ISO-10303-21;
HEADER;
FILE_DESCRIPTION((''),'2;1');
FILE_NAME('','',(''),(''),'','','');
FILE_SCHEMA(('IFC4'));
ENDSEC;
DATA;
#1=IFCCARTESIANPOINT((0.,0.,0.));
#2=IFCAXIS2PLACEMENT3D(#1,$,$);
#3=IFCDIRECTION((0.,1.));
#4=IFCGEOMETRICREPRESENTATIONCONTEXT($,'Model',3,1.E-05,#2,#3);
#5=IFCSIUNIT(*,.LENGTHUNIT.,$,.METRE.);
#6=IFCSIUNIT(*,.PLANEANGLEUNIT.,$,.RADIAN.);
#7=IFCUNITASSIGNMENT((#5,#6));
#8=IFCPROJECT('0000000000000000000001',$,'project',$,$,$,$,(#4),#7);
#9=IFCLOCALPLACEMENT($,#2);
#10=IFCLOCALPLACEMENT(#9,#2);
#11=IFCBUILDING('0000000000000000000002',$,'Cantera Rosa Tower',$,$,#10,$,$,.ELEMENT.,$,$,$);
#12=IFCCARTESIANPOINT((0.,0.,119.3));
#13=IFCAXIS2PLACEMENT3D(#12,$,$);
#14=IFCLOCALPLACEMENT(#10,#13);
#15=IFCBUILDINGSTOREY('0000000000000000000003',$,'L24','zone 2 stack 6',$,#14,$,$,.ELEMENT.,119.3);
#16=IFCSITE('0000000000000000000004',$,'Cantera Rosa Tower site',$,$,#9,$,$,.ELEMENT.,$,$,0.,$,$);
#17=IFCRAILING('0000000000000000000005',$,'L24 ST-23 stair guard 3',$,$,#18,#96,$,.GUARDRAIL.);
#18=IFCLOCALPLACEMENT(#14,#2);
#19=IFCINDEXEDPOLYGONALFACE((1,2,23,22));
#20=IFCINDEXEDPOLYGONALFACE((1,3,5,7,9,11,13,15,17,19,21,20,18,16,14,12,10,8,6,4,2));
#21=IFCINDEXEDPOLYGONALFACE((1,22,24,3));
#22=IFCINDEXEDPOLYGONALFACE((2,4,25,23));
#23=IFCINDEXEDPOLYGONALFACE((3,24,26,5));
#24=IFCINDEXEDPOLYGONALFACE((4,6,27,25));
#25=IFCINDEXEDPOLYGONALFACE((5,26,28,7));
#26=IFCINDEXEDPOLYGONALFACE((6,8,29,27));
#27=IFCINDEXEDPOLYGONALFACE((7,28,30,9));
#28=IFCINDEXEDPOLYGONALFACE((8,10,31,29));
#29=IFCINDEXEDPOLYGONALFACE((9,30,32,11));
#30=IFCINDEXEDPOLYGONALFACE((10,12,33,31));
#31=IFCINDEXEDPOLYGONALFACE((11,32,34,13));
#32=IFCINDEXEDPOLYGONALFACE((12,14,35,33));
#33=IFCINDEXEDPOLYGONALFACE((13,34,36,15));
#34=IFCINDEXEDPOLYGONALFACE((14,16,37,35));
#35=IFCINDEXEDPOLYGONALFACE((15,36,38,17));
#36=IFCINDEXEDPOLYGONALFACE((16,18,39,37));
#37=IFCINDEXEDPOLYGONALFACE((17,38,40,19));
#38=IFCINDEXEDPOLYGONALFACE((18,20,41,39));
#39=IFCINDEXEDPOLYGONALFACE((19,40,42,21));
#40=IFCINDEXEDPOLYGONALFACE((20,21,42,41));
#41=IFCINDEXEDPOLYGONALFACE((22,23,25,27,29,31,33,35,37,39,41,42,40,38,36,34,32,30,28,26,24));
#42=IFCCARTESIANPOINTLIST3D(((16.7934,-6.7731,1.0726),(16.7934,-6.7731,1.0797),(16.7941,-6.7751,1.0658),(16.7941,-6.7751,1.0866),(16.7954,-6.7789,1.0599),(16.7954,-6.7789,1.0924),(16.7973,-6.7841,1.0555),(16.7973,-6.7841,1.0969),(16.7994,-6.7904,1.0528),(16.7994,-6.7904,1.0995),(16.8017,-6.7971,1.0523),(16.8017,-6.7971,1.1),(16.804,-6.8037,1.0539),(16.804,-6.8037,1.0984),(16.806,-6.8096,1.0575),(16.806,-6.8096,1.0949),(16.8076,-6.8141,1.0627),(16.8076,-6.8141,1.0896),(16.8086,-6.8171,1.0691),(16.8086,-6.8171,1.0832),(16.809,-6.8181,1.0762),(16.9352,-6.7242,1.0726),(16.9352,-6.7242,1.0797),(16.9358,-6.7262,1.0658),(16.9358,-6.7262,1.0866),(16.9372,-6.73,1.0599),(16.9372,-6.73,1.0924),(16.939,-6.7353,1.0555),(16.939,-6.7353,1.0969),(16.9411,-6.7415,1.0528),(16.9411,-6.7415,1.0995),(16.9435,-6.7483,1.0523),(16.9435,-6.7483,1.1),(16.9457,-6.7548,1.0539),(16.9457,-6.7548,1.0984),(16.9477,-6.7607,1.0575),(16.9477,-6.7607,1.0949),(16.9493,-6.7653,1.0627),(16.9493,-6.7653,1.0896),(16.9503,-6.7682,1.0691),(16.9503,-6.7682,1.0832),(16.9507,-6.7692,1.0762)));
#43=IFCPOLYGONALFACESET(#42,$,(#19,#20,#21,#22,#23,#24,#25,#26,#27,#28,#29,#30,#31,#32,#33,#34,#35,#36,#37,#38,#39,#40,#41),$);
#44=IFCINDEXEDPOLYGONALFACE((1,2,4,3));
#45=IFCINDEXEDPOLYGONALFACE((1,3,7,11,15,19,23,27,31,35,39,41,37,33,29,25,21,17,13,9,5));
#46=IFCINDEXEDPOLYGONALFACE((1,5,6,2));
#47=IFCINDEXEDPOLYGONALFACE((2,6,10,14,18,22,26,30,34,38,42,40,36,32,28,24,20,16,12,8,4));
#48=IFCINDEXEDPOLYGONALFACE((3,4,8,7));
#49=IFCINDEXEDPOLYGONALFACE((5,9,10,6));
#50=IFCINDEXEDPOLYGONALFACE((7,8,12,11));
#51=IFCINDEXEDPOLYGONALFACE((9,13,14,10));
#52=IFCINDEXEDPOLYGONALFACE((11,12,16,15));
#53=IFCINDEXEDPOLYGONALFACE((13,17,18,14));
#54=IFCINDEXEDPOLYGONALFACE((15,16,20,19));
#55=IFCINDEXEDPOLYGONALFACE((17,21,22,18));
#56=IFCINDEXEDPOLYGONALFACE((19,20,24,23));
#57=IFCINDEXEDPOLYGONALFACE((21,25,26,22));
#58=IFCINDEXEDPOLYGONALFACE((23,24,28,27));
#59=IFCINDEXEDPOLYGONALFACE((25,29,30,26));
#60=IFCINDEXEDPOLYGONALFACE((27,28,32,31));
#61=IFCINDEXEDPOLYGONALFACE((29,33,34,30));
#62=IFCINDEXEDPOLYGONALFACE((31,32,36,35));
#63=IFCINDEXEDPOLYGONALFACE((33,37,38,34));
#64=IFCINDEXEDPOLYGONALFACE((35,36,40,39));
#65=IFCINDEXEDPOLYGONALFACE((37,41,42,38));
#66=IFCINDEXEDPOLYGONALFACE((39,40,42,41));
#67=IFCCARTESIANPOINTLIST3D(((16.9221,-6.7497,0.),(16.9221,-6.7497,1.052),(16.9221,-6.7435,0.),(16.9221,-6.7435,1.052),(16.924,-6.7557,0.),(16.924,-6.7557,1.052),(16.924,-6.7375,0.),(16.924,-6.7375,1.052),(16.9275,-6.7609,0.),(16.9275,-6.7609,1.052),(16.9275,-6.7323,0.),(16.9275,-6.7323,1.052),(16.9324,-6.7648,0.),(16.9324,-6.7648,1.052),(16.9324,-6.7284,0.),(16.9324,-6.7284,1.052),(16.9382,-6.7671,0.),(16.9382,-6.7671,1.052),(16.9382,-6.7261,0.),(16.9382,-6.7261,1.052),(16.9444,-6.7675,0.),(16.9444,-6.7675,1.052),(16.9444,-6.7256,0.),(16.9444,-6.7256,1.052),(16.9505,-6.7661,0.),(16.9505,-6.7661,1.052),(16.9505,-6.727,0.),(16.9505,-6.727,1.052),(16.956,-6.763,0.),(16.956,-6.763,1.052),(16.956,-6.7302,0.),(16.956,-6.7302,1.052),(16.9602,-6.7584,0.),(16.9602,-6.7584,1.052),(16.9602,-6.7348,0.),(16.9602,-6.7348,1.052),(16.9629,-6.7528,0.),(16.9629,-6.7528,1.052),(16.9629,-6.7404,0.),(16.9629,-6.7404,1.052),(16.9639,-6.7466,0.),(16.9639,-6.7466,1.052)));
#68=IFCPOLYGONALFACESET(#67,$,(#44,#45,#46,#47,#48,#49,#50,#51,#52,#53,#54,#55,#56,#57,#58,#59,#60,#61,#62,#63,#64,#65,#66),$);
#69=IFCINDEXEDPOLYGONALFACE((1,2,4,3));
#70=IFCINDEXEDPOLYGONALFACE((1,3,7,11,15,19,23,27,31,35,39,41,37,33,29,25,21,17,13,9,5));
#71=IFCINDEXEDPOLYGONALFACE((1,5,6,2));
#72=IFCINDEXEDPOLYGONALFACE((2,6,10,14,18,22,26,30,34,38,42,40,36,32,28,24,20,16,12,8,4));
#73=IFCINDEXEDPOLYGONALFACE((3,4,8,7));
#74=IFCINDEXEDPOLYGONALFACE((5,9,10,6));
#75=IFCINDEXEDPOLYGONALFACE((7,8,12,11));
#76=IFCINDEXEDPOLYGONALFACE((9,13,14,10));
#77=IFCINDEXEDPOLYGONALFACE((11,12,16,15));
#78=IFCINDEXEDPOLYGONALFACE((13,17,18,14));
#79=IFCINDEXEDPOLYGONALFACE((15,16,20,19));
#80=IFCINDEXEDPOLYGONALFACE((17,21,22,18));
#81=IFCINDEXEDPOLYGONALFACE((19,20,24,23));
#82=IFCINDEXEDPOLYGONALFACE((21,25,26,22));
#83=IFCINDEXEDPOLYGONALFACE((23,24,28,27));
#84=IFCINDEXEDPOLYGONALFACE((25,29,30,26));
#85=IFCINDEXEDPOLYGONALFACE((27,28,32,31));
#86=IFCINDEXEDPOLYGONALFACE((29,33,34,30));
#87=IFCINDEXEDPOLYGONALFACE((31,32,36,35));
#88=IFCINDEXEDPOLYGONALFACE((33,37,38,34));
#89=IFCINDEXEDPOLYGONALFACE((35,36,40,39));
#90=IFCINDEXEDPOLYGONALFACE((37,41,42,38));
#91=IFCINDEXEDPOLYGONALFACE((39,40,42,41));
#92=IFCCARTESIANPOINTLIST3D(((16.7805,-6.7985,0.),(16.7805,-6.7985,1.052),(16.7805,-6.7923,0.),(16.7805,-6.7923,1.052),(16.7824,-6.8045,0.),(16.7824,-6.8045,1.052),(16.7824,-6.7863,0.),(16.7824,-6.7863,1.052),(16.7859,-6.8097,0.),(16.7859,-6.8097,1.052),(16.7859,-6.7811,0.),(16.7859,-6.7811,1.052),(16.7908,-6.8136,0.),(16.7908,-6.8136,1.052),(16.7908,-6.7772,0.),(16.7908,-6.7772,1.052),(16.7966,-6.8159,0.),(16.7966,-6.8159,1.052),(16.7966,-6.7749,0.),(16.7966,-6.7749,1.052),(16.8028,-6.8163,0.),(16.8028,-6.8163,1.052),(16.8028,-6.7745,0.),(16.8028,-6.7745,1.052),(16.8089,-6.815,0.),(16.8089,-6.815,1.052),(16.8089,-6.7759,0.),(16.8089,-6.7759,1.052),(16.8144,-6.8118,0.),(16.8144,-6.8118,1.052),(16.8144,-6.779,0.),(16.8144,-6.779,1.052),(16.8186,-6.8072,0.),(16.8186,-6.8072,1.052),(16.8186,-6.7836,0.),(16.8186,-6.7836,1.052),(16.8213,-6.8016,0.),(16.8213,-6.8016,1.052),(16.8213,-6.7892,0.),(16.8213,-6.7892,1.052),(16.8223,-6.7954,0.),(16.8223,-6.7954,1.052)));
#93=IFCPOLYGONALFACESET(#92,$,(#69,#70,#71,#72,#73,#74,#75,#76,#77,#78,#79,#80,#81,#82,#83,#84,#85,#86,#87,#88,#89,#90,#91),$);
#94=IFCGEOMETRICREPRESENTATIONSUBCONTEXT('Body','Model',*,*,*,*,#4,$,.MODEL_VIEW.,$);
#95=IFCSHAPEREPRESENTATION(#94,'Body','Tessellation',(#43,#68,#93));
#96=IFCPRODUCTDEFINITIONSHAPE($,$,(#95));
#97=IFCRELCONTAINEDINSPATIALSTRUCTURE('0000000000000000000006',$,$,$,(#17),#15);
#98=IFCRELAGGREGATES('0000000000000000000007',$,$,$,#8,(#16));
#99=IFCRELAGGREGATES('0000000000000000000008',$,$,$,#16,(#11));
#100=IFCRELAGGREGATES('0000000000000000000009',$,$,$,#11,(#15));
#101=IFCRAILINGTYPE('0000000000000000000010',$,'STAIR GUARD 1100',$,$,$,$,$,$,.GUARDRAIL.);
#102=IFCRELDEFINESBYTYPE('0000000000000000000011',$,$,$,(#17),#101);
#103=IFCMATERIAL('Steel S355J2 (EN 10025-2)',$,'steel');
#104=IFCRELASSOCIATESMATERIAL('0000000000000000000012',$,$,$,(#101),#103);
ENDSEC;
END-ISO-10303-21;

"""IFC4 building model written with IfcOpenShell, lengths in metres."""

from ifc_helpers import new_model, si_unit, direction, frame, origin, origin_2d, place, context, subcontext, project, spatial, circle, extrude, material, type_object, element, save


model = new_model("IFC4")

# Units and contexts
model_context = context("Model", 3, precision=1e-05, world=origin(), true_north=direction((0.0, 1.0)))
body_context = subcontext(model_context, "Body", "Model", "MODEL_VIEW")
ifc_project = project(units=[si_unit("LENGTHUNIT", "METRE"), si_unit("PLANEANGLEUNIT", "RADIAN")], contexts=[model_context])

# Site, building, storey
site_placement = place(None, origin())
site = spatial("IfcSite", under=ifc_project, at=site_placement, Name="Cantera Rosa Tower site", CompositionType="ELEMENT", RefElevation=0.0)
building_placement = place(site_placement, origin())
building = spatial("IfcBuilding", under=site, at=building_placement, Name="Cantera Rosa Tower", CompositionType="ELEMENT")
storey_placement = place(building_placement, frame((0.0, 0.0, 119.3)))
storey = spatial("IfcBuildingStorey", under=building, at=storey_placement, Name="L24", Description="zone 2 stack 6", CompositionType="ELEMENT", Elevation=119.3)

# Railing
ifc_material_1 = material(Name="Steel S355J2 (EN 10025-2)", Category="steel")
railing_type_1 = type_object("IfcRailingType", Name="STAIR GUARD 1100", PredefinedType="GUARDRAIL", material=ifc_material_1)
railing_1_placement = place(storey_placement, frame((16.9429, -6.7466, 0.0)))
element("IfcRailing", 1, at=railing_1_placement, inside=storey, type_object=railing_type_1, Name="L24 ST-23 stair guard 3", PredefinedType="GUARDRAIL", context=body_context, shape_type="SweptSolid", body=[
    extrude(circle(Radius=0.0239, at=origin_2d()), frame((0.0, 0.0, 1.0762), z_axis=(-0.945373, -0.325991, 0.0), x_axis=(0.325991, -0.945373, 0.0)), (0.0, 0.0, 1.0), 0.1499),
    extrude(circle(Radius=0.021, at=origin_2d()), origin(), (0.0, 0.0, 1.0), 1.052),
    extrude(circle(Radius=0.021, at=origin_2d()), frame((-0.1416, -0.0488, 0.0)), (0.0, 0.0, 1.0), 1.052),
])

save(model, "model.ifc")
